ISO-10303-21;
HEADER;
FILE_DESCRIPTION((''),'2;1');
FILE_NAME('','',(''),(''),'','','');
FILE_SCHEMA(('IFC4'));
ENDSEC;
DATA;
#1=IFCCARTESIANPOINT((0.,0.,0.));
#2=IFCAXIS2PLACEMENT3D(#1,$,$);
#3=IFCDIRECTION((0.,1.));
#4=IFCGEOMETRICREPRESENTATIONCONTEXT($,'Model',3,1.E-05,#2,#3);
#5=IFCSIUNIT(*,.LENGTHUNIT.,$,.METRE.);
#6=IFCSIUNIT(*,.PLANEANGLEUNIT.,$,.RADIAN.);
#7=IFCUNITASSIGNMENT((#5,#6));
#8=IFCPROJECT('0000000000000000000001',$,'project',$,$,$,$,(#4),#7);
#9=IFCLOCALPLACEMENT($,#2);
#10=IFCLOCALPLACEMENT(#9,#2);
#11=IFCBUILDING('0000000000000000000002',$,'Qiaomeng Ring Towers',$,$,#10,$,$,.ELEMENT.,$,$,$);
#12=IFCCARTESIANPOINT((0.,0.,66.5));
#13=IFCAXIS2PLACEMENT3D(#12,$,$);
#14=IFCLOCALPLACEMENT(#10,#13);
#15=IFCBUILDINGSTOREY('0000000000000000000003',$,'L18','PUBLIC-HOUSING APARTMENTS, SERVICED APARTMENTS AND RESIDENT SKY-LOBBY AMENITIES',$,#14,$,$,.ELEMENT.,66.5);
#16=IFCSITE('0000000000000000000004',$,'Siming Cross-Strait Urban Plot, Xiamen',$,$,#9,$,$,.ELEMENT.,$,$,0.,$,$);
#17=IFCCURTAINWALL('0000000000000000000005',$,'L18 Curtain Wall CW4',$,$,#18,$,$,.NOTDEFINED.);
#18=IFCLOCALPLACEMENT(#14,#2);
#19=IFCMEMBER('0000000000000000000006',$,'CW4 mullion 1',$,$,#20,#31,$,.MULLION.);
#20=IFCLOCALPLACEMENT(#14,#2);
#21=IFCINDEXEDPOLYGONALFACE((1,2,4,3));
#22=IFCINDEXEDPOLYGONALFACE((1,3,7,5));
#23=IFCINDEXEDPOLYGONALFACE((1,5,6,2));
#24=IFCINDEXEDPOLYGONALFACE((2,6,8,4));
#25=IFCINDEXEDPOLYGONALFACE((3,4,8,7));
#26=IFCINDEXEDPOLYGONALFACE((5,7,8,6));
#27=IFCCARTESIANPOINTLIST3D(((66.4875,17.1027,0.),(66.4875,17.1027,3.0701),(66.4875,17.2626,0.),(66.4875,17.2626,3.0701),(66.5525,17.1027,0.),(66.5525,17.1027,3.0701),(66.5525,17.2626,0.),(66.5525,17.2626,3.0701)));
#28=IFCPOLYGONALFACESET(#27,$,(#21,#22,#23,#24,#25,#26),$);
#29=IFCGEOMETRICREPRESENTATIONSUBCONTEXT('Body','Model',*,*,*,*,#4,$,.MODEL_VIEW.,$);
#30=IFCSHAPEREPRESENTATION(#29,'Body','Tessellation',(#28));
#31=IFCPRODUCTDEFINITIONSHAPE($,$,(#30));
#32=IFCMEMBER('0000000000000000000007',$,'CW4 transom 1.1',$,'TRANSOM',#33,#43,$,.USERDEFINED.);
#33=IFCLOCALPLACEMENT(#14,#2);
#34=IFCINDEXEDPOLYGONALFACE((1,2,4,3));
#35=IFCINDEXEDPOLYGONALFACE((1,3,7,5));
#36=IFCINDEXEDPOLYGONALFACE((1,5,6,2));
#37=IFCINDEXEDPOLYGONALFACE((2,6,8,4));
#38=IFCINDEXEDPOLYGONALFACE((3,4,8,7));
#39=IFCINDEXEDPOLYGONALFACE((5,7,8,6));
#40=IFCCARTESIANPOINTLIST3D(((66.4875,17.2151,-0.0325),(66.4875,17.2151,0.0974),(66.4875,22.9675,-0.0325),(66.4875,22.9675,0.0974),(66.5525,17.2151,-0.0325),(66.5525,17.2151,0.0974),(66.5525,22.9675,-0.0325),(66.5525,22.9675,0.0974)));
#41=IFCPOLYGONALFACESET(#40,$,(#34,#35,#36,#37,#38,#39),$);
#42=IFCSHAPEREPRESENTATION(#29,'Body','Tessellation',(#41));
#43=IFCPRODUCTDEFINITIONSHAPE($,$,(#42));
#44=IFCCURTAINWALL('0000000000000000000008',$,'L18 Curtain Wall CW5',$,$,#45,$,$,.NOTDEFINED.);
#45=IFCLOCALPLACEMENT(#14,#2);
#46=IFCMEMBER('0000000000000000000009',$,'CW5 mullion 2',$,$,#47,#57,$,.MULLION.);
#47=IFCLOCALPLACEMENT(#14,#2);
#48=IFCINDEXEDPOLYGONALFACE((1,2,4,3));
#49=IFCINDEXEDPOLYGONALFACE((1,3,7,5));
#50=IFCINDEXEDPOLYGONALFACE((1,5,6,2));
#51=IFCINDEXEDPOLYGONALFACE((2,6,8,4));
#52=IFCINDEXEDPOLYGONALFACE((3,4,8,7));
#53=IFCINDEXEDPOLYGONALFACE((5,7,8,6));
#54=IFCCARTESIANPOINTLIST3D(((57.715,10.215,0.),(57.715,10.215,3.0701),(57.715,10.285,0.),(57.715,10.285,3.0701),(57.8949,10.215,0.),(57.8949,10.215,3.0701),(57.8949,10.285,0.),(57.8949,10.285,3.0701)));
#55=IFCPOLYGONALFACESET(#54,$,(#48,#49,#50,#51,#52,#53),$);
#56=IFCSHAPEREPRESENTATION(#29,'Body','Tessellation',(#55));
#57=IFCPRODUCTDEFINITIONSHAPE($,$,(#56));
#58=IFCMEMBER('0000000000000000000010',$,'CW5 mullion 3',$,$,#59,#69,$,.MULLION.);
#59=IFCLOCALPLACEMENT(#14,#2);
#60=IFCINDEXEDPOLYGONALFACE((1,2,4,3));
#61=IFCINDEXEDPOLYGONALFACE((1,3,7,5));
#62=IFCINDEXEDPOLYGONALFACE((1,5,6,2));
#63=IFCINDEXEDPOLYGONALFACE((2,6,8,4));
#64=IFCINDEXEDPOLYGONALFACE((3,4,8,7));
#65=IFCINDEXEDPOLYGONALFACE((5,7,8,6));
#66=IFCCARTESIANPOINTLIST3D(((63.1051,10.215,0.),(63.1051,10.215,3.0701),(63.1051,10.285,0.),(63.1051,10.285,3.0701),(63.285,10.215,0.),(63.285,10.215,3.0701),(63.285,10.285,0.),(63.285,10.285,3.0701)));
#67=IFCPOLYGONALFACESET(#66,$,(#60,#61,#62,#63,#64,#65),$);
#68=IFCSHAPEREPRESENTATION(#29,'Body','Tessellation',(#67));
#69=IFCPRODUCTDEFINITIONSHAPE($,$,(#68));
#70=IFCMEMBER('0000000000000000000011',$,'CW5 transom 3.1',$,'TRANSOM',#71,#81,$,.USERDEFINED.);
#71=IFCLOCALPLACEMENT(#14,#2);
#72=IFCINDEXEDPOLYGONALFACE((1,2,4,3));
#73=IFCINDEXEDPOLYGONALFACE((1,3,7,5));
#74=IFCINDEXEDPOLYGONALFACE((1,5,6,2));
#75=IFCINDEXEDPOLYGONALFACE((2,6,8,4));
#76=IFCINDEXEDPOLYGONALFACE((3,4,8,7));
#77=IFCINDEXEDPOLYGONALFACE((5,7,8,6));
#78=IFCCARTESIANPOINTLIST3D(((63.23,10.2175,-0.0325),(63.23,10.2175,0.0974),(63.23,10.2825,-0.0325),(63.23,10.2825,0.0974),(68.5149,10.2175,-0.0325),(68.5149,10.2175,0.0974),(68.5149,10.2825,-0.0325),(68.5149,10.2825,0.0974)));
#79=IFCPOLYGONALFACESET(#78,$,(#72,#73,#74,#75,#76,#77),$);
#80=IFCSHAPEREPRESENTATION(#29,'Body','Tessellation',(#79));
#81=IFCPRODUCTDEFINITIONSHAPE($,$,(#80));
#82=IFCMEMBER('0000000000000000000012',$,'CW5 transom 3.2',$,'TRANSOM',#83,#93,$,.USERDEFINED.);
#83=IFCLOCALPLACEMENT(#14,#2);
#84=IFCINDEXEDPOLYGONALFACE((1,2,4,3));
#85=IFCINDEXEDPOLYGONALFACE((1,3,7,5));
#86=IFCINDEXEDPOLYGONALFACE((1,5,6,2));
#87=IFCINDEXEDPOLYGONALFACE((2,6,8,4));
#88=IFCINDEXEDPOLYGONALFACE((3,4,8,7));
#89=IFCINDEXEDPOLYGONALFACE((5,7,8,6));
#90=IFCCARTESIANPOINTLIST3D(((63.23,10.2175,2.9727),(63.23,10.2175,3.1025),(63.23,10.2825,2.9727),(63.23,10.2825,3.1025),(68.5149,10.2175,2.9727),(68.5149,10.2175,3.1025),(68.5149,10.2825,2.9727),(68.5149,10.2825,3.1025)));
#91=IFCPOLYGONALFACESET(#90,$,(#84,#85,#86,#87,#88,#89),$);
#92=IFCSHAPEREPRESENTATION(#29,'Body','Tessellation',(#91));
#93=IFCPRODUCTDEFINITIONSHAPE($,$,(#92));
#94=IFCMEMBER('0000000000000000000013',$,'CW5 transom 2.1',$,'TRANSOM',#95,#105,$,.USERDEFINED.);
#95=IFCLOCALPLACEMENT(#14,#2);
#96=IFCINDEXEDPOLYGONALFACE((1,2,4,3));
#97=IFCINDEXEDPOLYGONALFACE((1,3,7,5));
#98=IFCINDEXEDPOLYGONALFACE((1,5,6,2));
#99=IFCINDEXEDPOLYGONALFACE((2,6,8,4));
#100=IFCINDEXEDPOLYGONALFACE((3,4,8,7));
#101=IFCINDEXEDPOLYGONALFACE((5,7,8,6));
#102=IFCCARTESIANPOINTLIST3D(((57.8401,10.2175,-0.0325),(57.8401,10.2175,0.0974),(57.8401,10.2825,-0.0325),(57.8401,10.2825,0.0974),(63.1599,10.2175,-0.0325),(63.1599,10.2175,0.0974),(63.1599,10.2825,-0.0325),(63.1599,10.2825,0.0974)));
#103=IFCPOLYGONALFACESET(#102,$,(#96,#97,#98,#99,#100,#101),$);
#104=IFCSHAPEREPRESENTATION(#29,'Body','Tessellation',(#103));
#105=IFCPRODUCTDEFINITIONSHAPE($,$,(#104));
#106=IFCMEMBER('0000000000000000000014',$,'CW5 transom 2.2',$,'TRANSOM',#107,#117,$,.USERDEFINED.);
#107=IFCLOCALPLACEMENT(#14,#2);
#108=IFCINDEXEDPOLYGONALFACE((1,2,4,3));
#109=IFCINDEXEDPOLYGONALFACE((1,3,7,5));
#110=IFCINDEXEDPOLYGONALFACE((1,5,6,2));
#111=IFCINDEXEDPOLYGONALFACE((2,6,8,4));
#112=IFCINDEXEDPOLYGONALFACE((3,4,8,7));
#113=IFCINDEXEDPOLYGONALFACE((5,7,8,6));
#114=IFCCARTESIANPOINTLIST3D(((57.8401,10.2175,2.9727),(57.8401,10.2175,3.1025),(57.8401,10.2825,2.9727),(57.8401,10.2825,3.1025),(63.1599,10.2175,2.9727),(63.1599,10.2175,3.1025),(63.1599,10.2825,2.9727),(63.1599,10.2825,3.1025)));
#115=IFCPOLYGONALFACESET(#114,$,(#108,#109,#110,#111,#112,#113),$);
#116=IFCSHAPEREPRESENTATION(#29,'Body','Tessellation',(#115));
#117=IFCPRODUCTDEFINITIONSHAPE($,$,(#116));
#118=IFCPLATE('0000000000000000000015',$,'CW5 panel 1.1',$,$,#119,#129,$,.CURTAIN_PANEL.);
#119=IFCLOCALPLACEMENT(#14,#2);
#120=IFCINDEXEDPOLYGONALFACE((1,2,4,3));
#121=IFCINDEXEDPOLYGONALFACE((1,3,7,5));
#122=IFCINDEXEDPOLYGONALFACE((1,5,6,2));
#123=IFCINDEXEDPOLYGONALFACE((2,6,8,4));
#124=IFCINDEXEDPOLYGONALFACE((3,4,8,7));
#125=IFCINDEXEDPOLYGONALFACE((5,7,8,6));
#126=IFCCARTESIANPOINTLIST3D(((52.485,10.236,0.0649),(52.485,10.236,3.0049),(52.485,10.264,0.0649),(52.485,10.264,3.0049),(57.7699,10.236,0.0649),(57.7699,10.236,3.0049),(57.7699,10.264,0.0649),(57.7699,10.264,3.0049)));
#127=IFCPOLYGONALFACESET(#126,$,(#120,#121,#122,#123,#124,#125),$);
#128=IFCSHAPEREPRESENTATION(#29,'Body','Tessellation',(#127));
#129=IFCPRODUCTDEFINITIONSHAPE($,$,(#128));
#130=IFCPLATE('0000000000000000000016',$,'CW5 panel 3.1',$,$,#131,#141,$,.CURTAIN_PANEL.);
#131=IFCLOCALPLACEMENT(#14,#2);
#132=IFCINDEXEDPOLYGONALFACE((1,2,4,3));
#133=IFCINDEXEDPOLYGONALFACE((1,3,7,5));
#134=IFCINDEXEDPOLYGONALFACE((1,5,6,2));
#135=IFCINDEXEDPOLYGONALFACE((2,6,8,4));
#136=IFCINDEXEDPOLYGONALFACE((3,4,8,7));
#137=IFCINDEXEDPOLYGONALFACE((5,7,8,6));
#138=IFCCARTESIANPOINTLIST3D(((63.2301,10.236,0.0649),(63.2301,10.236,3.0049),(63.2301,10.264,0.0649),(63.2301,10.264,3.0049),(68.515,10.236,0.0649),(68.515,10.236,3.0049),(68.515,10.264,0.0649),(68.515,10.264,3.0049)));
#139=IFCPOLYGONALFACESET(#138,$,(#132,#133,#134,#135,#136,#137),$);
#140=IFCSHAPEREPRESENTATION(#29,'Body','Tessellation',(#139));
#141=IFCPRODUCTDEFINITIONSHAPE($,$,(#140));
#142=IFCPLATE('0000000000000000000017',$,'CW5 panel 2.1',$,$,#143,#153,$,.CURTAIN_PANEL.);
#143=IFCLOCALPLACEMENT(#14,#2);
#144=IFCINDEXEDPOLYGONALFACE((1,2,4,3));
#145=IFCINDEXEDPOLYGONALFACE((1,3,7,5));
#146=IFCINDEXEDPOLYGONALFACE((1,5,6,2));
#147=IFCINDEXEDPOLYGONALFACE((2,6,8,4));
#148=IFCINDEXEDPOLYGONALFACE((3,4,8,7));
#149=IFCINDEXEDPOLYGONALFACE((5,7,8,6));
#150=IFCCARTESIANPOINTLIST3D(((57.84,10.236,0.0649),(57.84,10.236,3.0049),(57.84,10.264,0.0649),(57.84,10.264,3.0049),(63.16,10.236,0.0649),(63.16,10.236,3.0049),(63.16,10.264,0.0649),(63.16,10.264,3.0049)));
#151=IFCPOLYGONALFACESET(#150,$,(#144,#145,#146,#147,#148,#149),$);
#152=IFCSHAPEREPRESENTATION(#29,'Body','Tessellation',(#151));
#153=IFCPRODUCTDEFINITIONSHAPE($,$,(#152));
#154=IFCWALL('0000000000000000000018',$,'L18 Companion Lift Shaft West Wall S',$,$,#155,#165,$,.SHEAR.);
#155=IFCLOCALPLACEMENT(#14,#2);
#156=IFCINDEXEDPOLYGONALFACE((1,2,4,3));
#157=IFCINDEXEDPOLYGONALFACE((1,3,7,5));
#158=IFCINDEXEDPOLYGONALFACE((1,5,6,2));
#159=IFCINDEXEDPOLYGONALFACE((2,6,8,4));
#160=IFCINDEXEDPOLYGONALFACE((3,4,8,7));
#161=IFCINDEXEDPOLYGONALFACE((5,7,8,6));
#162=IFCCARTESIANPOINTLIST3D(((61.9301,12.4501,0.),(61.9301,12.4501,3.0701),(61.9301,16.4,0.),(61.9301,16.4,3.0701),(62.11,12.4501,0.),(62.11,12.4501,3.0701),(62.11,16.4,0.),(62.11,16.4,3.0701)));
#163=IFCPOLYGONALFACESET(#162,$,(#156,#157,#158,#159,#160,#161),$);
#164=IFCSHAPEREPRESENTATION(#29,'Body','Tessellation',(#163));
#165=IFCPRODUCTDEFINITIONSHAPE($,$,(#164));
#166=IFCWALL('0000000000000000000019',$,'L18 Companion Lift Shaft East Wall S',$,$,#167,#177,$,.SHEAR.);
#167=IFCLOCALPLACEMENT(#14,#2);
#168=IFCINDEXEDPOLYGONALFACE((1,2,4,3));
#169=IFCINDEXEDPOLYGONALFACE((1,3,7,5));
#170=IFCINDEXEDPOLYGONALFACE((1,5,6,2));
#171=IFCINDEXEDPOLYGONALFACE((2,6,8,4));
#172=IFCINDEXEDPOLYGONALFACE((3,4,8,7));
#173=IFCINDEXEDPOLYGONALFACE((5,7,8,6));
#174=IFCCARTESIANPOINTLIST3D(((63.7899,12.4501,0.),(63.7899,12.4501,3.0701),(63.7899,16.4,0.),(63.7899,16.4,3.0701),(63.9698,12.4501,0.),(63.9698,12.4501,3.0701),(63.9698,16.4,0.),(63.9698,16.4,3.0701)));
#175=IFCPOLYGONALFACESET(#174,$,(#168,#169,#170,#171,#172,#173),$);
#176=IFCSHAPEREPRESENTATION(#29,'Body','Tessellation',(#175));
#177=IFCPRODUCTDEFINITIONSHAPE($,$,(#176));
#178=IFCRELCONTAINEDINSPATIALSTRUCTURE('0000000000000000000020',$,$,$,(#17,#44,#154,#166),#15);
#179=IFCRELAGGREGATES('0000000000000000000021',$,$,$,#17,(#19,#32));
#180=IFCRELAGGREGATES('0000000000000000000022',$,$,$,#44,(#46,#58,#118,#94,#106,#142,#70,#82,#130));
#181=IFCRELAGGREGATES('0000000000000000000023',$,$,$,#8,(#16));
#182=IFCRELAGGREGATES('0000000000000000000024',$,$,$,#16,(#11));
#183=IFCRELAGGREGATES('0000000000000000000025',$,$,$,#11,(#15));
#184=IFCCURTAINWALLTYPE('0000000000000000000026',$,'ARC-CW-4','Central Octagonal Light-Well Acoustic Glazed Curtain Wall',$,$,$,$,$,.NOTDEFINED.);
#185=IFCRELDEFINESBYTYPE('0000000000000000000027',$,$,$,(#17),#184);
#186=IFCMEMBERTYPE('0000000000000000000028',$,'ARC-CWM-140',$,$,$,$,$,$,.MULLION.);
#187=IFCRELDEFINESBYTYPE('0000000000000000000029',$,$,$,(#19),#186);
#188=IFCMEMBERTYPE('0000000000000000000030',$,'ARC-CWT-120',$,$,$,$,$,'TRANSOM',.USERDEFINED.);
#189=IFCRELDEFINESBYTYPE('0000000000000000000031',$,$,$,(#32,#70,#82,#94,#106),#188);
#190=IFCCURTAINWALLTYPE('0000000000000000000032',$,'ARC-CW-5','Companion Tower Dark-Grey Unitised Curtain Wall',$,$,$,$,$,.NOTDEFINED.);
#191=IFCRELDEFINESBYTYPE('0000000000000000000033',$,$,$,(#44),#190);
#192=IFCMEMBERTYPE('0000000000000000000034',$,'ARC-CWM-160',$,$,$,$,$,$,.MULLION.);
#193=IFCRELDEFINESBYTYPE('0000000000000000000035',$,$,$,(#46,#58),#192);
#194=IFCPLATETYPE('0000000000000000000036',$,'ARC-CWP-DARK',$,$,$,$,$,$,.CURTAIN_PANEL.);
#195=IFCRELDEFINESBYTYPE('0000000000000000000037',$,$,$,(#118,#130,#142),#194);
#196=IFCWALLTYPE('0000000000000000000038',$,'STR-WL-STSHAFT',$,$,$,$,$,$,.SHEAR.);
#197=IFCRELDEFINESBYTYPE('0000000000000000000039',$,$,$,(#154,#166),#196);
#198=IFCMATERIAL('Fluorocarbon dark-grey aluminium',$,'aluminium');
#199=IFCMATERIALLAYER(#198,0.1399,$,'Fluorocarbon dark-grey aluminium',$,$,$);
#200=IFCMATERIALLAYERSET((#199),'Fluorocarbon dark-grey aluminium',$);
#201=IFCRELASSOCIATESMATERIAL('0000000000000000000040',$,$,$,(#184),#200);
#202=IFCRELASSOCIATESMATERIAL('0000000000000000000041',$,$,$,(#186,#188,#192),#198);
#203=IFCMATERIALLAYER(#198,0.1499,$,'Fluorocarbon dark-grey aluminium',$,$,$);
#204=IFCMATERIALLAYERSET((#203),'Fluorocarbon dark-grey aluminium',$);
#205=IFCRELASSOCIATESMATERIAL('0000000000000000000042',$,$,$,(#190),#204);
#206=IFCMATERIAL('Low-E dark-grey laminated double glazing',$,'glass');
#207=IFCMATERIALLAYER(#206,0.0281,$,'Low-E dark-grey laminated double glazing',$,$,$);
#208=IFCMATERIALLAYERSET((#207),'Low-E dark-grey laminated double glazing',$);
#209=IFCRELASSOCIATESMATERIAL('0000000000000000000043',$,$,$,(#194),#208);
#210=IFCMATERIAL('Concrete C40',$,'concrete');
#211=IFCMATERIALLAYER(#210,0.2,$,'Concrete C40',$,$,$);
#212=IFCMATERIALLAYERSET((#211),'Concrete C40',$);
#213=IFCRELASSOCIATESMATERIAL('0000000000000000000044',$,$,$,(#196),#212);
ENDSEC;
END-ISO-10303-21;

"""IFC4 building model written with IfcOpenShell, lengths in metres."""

from ifc_helpers import new_model, si_unit, direction, frame, frame_2d, origin, origin_2d, place, context, subcontext, project, spatial, rectangle, extrude, source, transform, mapped, material, layer, layer_set, material_profile, profile_set, type_object, element, aggregate, save


model = new_model("IFC4")

# Units and contexts
model_context = context("Model", 3, precision=1e-05, world=origin(), true_north=direction((0.0, 1.0)))
body_context = subcontext(model_context, "Body", "Model", "MODEL_VIEW")
ifc_project = project(units=[si_unit("LENGTHUNIT", "METRE"), si_unit("PLANEANGLEUNIT", "RADIAN")], contexts=[model_context])

# Site, building, storey
site_placement = place(None, origin())
site = spatial("IfcSite", under=ifc_project, at=site_placement, Name="Siming Cross-Strait Urban Plot, Xiamen", CompositionType="ELEMENT", RefElevation=0.0)
building_placement = place(site_placement, origin())
building = spatial("IfcBuilding", under=site, at=building_placement, Name="Qiaomeng Ring Towers", CompositionType="ELEMENT")
storey_placement = place(building_placement, frame((0.0, 0.0, 66.5)))
storey = spatial("IfcBuildingStorey", under=building, at=storey_placement, Name="L18", Description="PUBLIC-HOUSING APARTMENTS, SERVICED APARTMENTS AND RESIDENT SKY-LOBBY AMENITIES", CompositionType="ELEMENT", Elevation=66.5)

# Curtain wall, members
ifc_material_1 = material(Name="Fluorocarbon dark-grey aluminium", Category="aluminium")
ifc_layer_1 = layer(ifc_material_1, 0.1399, Name="Fluorocarbon dark-grey aluminium")
ifc_layer_set_1 = layer_set([ifc_layer_1], Name="Fluorocarbon dark-grey aluminium")
curtain_wall_type_1 = type_object("IfcCurtainWallType", Name="ARC-CW-4", Description="Central Octagonal Light-Well Acoustic Glazed Curtain Wall", PredefinedType="NOTDEFINED", material=ifc_layer_set_1)
curtain_wall_1_placement = place(storey_placement, origin())
curtain_wall_1 = element("IfcCurtainWall", 1, at=curtain_wall_1_placement, inside=storey, type_object=curtain_wall_type_1, Name="L18 Curtain Wall CW4", PredefinedType="NOTDEFINED")
ifc_material_profile_1 = material_profile(ifc_material_1, rectangle(XDim=0.0649, YDim=0.1599, at=origin_2d()), Name="ALU MULL 65x160")
ifc_profile_set_1 = profile_set([ifc_material_profile_1], Name="Fluorocarbon dark-grey aluminium")
member_type_1 = type_object("IfcMemberType", Name="ARC-CWM-140", PredefinedType="MULLION", material=ifc_profile_set_1)
shared_shape_1 = source(origin(), body_context, "Body", "SweptSolid", [
    extrude(rectangle(XDim=0.0649, YDim=0.1599, at=origin_2d()), origin(), (0.0, 0.0, 1.0), 3.0701),
])
member_1_placement = place(storey_placement, frame((66.52, 17.1826, 0.0), z_axis=(0.0, 0.0, 1.0), x_axis=(-1.0, 0.0, 0.0)))
member_1 = element("IfcMember", 2, at=member_1_placement, type_object=member_type_1, Name="CW4 mullion 1", PredefinedType="MULLION", context=body_context, shape_type="MappedRepresentation", body=[
    mapped(shared_shape_1, transform((0.0, 0.0, 0.0), x_axis=(1.0, 0.0, 0.0), y_axis=(0.0, 1.0, 0.0), z_axis=(0.0, 0.0, 1.0), scale=1.0)),
])
ifc_material_profile_2 = material_profile(ifc_material_1, rectangle(XDim=0.0649, YDim=0.1299, at=origin_2d()), Name="ALU TRAN 65x130")
ifc_profile_set_2 = profile_set([ifc_material_profile_2], Name="Fluorocarbon dark-grey aluminium")
member_type_2 = type_object("IfcMemberType", Name="ARC-CWT-120", ElementType="TRANSOM", PredefinedType="USERDEFINED", material=ifc_profile_set_2)
shared_shape_2 = source(origin(), body_context, "Body", "SweptSolid", [
    extrude(rectangle(XDim=0.0649, YDim=0.1299, at=origin_2d()), origin(), (0.0, 0.0, 1.0), 5.7524),
])
member_2_placement = place(storey_placement, frame((66.52, 17.2151, 0.0325), z_axis=(0.0, 1.0, 0.0), x_axis=(-1.0, 0.0, 0.0)))
member_2 = element("IfcMember", 3, at=member_2_placement, type_object=member_type_2, Name="CW4 transom 1.1", ObjectType="TRANSOM", PredefinedType="USERDEFINED", context=body_context, shape_type="MappedRepresentation", body=[
    mapped(shared_shape_2, transform((0.0, 0.0, 0.0), x_axis=(1.0, 0.0, 0.0), y_axis=(0.0, 1.0, 0.0), z_axis=(0.0, 0.0, 1.0), scale=1.0)),
])
aggregate(curtain_wall_1, [member_1, member_2])

# Curtain wall, members, plates
ifc_layer_2 = layer(ifc_material_1, 0.1499, Name="Fluorocarbon dark-grey aluminium")
ifc_layer_set_2 = layer_set([ifc_layer_2], Name="Fluorocarbon dark-grey aluminium")
curtain_wall_type_2 = type_object("IfcCurtainWallType", Name="ARC-CW-5", Description="Companion Tower Dark-Grey Unitised Curtain Wall", PredefinedType="NOTDEFINED", material=ifc_layer_set_2)
curtain_wall_2_placement = place(storey_placement, origin())
curtain_wall_2 = element("IfcCurtainWall", 4, at=curtain_wall_2_placement, inside=storey, type_object=curtain_wall_type_2, Name="L18 Curtain Wall CW5", PredefinedType="NOTDEFINED")
ifc_material_profile_3 = material_profile(ifc_material_1, rectangle(XDim=0.0701, YDim=0.1799, at=origin_2d()), Name="ALU MULL 70x180")
ifc_profile_set_3 = profile_set([ifc_material_profile_3], Name="Fluorocarbon dark-grey aluminium")
member_type_3 = type_object("IfcMemberType", Name="ARC-CWM-160", PredefinedType="MULLION", material=ifc_profile_set_3)
shared_shape_3 = source(origin(), body_context, "Body", "SweptSolid", [
    extrude(rectangle(XDim=0.0701, YDim=0.1799, at=origin_2d()), origin(), (0.0, 0.0, 1.0), 3.0701),
])
member_3_placement = place(storey_placement, frame((57.8049, 10.25, 0.0), z_axis=(0.0, 0.0, 1.0), x_axis=(0.0, 1.0, 0.0)))
member_3 = element("IfcMember", 5, at=member_3_placement, type_object=member_type_3, Name="CW5 mullion 2", PredefinedType="MULLION", context=body_context, shape_type="MappedRepresentation", body=[
    mapped(shared_shape_3, transform((0.0, 0.0, 0.0), x_axis=(1.0, 0.0, 0.0), y_axis=(0.0, 1.0, 0.0), z_axis=(0.0, 0.0, 1.0), scale=1.0)),
])
member_4_placement = place(storey_placement, frame((63.1951, 10.25, 0.0), z_axis=(0.0, 0.0, 1.0), x_axis=(0.0, 1.0, 0.0)))
member_4 = element("IfcMember", 6, at=member_4_placement, type_object=member_type_3, Name="CW5 mullion 3", PredefinedType="MULLION", context=body_context, shape_type="MappedRepresentation", body=[
    mapped(shared_shape_3, transform((0.0, 0.0, 0.0), x_axis=(1.0, 0.0, 0.0), y_axis=(0.0, 1.0, 0.0), z_axis=(0.0, 0.0, 1.0), scale=1.0)),
])
shared_shape_4 = source(origin(), body_context, "Body", "SweptSolid", [
    extrude(rectangle(XDim=0.0649, YDim=0.1299, at=origin_2d()), origin(), (0.0, 0.0, 1.0), 5.2849),
])
member_5_placement = place(storey_placement, frame((63.23, 10.25, 0.0325), z_axis=(1.0, 0.0, 0.0), x_axis=(0.0, 1.0, 0.0)))
member_5 = element("IfcMember", 7, at=member_5_placement, type_object=member_type_2, Name="CW5 transom 3.1", ObjectType="TRANSOM", PredefinedType="USERDEFINED", context=body_context, shape_type="MappedRepresentation", body=[
    mapped(shared_shape_4, transform((0.0, 0.0, 0.0), x_axis=(1.0, 0.0, 0.0), y_axis=(0.0, 1.0, 0.0), z_axis=(0.0, 0.0, 1.0), scale=1.0)),
])
member_6_placement = place(storey_placement, frame((63.23, 10.25, 3.0376), z_axis=(1.0, 0.0, 0.0), x_axis=(0.0, 1.0, 0.0)))
member_6 = element("IfcMember", 8, at=member_6_placement, type_object=member_type_2, Name="CW5 transom 3.2", ObjectType="TRANSOM", PredefinedType="USERDEFINED", context=body_context, shape_type="MappedRepresentation", body=[
    mapped(shared_shape_4, transform((0.0, 0.0, 0.0), x_axis=(1.0, 0.0, 0.0), y_axis=(0.0, 1.0, 0.0), z_axis=(0.0, 0.0, 1.0), scale=1.0)),
])
shared_shape_5 = source(origin(), body_context, "Body", "SweptSolid", [
    extrude(rectangle(XDim=0.0649, YDim=0.1299, at=origin_2d()), origin(), (0.0, 0.0, 1.0), 5.3198),
])
member_7_placement = place(storey_placement, frame((57.8401, 10.25, 0.0325), z_axis=(1.0, 0.0, 0.0), x_axis=(0.0, 1.0, 0.0)))
member_7 = element("IfcMember", 9, at=member_7_placement, type_object=member_type_2, Name="CW5 transom 2.1", ObjectType="TRANSOM", PredefinedType="USERDEFINED", context=body_context, shape_type="MappedRepresentation", body=[
    mapped(shared_shape_5, transform((0.0, 0.0, 0.0), x_axis=(1.0, 0.0, 0.0), y_axis=(0.0, 1.0, 0.0), z_axis=(0.0, 0.0, 1.0), scale=1.0)),
])
member_8_placement = place(storey_placement, frame((57.8401, 10.25, 3.0376), z_axis=(1.0, 0.0, 0.0), x_axis=(0.0, 1.0, 0.0)))
member_8 = element("IfcMember", 10, at=member_8_placement, type_object=member_type_2, Name="CW5 transom 2.2", ObjectType="TRANSOM", PredefinedType="USERDEFINED", context=body_context, shape_type="MappedRepresentation", body=[
    mapped(shared_shape_5, transform((0.0, 0.0, 0.0), x_axis=(1.0, 0.0, 0.0), y_axis=(0.0, 1.0, 0.0), z_axis=(0.0, 0.0, 1.0), scale=1.0)),
])
ifc_material_2 = material(Name="Low-E dark-grey laminated double glazing", Category="glass")
ifc_layer_3 = layer(ifc_material_2, 0.0281, Name="Low-E dark-grey laminated double glazing")
ifc_layer_set_3 = layer_set([ifc_layer_3], Name="Low-E dark-grey laminated double glazing")
plate_type = type_object("IfcPlateType", Name="ARC-CWP-DARK", PredefinedType="CURTAIN_PANEL", material=ifc_layer_set_3)
shared_shape_6 = source(origin(), body_context, "Body", "SweptSolid", [
    extrude(rectangle(XDim=5.2849, YDim=0.0281, at=origin_2d()), origin(), (0.0, 0.0, 1.0), 2.9399),
])
plate_1_placement = place(storey_placement, frame((55.1274, 10.25, 0.0649), z_axis=(0.0, 0.0, 1.0), x_axis=(1.0, 0.0, 0.0)))
plate_1 = element("IfcPlate", 11, at=plate_1_placement, type_object=plate_type, Name="CW5 panel 1.1", PredefinedType="CURTAIN_PANEL", context=body_context, shape_type="MappedRepresentation", body=[
    mapped(shared_shape_6, transform((0.0, 0.0, 0.0), x_axis=(1.0, 0.0, 0.0), y_axis=(0.0, 1.0, 0.0), z_axis=(0.0, 0.0, 1.0), scale=1.0)),
])
plate_2_placement = place(storey_placement, frame((65.8726, 10.25, 0.0649), z_axis=(0.0, 0.0, 1.0), x_axis=(1.0, 0.0, 0.0)))
plate_2 = element("IfcPlate", 12, at=plate_2_placement, type_object=plate_type, Name="CW5 panel 3.1", PredefinedType="CURTAIN_PANEL", context=body_context, shape_type="MappedRepresentation", body=[
    mapped(shared_shape_6, transform((0.0, 0.0, 0.0), x_axis=(1.0, 0.0, 0.0), y_axis=(0.0, 1.0, 0.0), z_axis=(0.0, 0.0, 1.0), scale=1.0)),
])
shared_shape_7 = source(origin(), body_context, "Body", "SweptSolid", [
    extrude(rectangle(XDim=5.3201, YDim=0.0281, at=origin_2d()), origin(), (0.0, 0.0, 1.0), 2.9399),
])
plate_3_placement = place(storey_placement, frame((60.5, 10.25, 0.0649), z_axis=(0.0, 0.0, 1.0), x_axis=(1.0, 0.0, 0.0)))
plate_3 = element("IfcPlate", 13, at=plate_3_placement, type_object=plate_type, Name="CW5 panel 2.1", PredefinedType="CURTAIN_PANEL", context=body_context, shape_type="MappedRepresentation", body=[
    mapped(shared_shape_7, transform((0.0, 0.0, 0.0), x_axis=(1.0, 0.0, 0.0), y_axis=(0.0, 1.0, 0.0), z_axis=(0.0, 0.0, 1.0), scale=1.0)),
])
aggregate(curtain_wall_2, [member_3, member_4, plate_1, member_7, member_8, plate_3, member_5, member_6, plate_2])

# Walls
ifc_material_3 = material(Name="Concrete C40", Category="concrete")
ifc_layer_4 = layer(ifc_material_3, 0.2, Name="Concrete C40")
ifc_layer_set_4 = layer_set([ifc_layer_4], Name="Concrete C40")
wall_type_1 = type_object("IfcWallType", Name="STR-WL-STSHAFT", PredefinedType="SHEAR", material=ifc_layer_set_4)
for number, where, z_axis, x_axis, name in (
    (14, (62.02, 12.45, 0.0), (0.0, 0.0, 1.0), (0.0, 1.0, 0.0), "L18 Companion Lift Shaft West Wall S"),
    (15, (63.8799, 12.45, 0.0), (0.0, 0.0, 1.0), (0.0, 1.0, 0.0), "L18 Companion Lift Shaft East Wall S"),
):
    element("IfcWall", number, at=place(storey_placement, frame(where, z_axis=z_axis, x_axis=x_axis)), inside=storey, type_object=wall_type_1, Name=name, PredefinedType="SHEAR", context=body_context, shape_type="SweptSolid", body=[
        extrude(rectangle(XDim=3.95, YDim=0.1799, at=frame_2d((1.9751, 0.0))), origin(), (0.0, 0.0, 1.0), 3.0701),
    ])

save(model, "model.ifc")
